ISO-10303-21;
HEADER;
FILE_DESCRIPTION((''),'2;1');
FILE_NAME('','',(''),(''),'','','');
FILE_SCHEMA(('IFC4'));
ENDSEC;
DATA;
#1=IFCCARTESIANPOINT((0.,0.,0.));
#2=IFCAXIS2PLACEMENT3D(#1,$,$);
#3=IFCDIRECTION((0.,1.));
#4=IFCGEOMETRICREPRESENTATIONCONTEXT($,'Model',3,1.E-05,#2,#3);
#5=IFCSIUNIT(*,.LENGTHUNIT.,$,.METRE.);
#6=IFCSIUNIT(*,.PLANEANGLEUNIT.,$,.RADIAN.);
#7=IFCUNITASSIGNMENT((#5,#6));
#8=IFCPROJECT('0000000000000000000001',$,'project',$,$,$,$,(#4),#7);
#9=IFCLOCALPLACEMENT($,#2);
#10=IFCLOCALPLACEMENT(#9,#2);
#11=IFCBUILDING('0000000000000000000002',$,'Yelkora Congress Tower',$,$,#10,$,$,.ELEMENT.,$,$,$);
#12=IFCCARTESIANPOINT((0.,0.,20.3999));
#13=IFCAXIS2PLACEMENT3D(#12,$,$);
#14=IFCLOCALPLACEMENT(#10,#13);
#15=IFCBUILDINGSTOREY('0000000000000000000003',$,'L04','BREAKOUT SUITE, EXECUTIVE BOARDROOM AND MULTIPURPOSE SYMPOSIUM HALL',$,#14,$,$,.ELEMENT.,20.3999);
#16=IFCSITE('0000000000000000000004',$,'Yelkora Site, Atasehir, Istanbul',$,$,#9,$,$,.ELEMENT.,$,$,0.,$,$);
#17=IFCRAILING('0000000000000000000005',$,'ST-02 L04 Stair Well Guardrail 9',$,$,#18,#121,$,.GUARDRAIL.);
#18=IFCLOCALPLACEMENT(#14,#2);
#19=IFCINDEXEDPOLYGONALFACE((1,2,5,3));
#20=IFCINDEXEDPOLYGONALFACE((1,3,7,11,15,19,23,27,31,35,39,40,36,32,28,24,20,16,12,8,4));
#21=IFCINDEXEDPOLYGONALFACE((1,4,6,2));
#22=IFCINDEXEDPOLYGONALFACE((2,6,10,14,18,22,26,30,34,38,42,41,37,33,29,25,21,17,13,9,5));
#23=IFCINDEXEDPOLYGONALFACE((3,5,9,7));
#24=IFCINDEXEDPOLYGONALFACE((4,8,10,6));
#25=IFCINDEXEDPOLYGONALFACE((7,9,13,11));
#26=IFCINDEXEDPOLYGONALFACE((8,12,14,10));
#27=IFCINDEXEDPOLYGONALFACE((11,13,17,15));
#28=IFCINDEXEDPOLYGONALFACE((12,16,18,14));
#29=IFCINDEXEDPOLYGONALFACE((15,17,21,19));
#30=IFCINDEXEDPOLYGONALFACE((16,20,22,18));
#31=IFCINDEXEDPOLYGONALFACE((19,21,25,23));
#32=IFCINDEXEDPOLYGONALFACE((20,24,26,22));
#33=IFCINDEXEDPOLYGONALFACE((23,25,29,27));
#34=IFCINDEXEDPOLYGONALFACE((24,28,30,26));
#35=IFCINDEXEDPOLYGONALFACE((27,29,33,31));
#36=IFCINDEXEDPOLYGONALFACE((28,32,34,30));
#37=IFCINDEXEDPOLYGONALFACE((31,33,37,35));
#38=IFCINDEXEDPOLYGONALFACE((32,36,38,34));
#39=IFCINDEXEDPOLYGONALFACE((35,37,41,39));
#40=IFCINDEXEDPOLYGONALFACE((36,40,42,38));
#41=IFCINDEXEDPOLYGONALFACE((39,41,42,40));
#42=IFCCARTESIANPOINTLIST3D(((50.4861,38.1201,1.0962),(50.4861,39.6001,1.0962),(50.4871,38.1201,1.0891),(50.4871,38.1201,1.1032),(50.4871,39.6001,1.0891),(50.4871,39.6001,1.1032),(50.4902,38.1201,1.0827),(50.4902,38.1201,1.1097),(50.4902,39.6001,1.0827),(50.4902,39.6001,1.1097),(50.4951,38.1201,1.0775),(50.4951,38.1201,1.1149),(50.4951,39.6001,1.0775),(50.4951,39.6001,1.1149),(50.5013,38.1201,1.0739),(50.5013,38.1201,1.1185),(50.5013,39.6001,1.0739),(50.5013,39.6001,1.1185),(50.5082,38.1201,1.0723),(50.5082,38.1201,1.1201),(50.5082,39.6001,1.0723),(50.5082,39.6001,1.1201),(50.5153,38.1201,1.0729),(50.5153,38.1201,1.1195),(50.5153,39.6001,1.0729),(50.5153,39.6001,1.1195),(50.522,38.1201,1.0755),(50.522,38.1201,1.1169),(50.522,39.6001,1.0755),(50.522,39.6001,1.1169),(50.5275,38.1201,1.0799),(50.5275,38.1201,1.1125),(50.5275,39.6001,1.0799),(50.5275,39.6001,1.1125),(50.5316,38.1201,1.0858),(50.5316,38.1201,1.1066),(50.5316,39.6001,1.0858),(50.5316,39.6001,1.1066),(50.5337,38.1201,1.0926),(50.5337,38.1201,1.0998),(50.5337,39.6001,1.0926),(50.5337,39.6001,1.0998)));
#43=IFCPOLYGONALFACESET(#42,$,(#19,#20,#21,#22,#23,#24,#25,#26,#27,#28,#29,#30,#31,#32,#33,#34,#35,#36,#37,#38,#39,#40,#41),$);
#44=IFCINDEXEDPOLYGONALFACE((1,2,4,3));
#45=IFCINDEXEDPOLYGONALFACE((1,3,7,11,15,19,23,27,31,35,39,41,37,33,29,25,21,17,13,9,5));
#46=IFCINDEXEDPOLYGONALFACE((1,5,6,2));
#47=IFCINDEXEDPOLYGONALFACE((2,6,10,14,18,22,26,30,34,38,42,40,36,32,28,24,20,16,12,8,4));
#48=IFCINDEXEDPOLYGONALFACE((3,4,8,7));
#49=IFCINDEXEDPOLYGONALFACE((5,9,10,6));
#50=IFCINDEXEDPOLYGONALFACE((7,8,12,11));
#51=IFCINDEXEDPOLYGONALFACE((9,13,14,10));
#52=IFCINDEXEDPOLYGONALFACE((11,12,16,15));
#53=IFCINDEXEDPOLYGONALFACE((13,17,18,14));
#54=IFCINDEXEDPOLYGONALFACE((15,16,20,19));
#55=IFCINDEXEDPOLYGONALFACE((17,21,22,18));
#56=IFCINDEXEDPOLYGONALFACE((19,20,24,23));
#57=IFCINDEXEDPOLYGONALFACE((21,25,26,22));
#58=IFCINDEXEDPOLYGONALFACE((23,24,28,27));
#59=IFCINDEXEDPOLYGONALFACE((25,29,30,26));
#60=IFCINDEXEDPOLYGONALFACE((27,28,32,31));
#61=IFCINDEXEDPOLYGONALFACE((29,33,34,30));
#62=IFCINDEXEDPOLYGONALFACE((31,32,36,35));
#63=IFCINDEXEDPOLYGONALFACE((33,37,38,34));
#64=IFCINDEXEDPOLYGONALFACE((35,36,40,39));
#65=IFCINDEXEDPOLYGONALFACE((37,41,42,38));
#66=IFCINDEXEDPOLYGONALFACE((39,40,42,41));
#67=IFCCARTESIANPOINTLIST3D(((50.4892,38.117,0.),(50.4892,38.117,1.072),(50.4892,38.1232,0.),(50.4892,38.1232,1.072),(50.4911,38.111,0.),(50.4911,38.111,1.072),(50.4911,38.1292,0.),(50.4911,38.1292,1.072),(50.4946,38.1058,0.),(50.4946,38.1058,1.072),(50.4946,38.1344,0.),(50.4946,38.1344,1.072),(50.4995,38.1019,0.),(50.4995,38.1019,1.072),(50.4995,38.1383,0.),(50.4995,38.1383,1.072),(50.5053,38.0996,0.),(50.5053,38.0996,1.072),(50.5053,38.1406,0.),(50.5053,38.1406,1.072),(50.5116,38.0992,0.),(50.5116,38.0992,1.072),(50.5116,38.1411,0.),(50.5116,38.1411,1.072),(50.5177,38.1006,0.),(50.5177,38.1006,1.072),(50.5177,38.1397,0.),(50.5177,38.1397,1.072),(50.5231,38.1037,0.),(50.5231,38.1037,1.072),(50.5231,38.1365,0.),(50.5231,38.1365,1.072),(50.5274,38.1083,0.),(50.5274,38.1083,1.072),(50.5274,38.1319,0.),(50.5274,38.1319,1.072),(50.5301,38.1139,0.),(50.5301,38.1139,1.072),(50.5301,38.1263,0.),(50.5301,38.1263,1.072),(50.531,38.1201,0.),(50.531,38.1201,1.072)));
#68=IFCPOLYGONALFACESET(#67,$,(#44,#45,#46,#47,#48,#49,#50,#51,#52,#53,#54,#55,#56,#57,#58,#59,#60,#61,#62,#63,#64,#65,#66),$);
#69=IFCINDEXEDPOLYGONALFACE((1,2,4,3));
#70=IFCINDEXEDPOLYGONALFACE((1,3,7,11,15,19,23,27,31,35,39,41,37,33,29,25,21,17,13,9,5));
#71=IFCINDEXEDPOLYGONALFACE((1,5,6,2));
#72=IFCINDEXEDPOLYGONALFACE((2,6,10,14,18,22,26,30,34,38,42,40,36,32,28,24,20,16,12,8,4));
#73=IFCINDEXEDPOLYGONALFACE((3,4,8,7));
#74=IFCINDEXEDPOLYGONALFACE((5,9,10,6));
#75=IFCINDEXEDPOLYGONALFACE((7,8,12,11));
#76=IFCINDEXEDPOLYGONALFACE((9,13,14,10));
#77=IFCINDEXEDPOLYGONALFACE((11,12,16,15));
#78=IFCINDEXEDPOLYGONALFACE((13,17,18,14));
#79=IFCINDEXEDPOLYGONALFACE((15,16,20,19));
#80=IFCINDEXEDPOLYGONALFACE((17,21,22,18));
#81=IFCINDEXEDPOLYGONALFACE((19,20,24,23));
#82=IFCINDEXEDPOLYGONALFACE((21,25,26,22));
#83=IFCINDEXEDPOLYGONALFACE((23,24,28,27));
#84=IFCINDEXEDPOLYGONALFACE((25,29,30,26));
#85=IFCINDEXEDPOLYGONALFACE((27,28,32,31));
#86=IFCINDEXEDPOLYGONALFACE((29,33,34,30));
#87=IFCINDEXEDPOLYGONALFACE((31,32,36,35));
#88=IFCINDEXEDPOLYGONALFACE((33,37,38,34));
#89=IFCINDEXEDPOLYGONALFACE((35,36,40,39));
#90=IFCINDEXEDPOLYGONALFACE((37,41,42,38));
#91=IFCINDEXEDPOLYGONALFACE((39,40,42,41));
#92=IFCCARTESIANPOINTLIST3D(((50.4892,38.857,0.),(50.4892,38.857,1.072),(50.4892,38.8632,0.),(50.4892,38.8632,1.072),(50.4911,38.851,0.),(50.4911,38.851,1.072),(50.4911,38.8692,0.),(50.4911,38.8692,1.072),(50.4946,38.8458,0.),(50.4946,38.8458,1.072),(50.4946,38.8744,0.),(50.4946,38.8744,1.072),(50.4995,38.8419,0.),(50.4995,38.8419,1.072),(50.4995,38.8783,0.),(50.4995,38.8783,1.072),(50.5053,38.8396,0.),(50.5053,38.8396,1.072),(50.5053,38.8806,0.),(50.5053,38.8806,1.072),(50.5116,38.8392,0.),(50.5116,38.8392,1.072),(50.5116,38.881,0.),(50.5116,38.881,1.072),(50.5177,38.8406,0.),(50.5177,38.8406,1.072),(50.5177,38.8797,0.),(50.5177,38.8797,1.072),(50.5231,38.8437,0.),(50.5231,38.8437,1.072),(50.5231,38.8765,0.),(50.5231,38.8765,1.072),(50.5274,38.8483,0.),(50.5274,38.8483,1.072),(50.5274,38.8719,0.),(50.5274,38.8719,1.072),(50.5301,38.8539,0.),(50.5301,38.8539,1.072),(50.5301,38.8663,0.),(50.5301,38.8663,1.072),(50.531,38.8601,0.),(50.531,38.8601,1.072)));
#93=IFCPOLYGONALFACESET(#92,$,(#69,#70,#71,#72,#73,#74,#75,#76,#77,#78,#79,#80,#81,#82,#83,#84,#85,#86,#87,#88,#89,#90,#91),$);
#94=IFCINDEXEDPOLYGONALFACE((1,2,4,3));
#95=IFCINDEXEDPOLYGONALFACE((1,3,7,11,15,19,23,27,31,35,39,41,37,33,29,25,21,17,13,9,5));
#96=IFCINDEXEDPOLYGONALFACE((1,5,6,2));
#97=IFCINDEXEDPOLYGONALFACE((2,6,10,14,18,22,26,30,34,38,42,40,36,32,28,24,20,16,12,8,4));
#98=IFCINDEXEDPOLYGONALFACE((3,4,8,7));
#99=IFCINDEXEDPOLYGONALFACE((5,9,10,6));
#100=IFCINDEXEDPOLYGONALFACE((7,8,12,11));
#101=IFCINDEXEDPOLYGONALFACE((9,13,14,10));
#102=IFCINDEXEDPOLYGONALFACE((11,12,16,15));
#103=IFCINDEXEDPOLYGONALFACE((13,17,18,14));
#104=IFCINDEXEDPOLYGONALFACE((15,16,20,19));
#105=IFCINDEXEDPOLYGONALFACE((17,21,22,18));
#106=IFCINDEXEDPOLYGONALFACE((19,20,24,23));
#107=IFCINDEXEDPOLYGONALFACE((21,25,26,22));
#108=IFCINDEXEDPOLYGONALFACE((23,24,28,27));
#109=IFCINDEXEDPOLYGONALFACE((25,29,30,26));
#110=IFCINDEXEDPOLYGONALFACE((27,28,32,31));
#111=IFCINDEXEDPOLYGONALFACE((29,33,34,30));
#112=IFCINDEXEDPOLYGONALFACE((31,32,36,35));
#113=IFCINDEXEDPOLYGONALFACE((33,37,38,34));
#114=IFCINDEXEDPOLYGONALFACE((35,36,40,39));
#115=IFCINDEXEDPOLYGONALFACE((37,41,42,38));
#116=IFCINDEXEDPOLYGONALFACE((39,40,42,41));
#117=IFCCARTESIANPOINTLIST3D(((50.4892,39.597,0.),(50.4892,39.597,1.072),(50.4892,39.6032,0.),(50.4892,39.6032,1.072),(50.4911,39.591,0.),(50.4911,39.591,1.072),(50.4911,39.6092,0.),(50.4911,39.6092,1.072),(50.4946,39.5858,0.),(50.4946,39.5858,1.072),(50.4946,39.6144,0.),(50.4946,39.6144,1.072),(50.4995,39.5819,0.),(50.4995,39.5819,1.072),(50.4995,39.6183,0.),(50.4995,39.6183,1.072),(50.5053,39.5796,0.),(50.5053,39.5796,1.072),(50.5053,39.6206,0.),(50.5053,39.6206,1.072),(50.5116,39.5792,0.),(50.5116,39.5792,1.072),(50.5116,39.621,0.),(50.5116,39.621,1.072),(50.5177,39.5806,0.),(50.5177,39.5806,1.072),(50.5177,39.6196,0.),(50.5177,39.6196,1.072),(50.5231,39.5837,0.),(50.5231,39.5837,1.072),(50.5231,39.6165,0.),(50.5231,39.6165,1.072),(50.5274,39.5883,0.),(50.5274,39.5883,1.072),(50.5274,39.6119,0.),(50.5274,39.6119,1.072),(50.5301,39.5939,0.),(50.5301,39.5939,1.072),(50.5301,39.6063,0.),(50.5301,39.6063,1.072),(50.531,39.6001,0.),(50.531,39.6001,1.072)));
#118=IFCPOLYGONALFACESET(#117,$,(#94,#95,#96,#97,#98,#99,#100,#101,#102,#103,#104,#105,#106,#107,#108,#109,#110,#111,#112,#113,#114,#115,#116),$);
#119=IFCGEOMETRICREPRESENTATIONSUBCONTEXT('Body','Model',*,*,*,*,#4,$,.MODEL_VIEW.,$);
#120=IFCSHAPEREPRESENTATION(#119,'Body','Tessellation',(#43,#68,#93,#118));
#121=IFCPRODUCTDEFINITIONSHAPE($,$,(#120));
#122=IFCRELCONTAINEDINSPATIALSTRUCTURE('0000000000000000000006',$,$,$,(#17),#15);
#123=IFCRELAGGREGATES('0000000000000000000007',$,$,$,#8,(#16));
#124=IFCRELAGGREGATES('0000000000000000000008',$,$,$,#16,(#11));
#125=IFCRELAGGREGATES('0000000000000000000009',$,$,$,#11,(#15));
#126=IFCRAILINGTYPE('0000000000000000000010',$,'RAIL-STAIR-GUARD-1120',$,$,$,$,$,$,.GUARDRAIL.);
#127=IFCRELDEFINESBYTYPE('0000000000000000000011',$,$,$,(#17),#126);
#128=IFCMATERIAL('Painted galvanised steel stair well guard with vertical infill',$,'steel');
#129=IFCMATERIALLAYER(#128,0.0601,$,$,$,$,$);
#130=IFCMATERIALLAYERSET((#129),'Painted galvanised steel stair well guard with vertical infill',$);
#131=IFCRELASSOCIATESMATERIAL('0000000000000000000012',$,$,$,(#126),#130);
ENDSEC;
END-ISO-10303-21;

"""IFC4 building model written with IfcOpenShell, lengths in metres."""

from ifc_helpers import new_model, si_unit, direction, frame, origin, origin_2d, place, context, subcontext, project, spatial, circle, extrude, material, layer, layer_set, type_object, element, save


model = new_model("IFC4")

# Units and contexts
model_context = context("Model", 3, precision=1e-05, world=origin(), true_north=direction((0.0, 1.0)))
body_context = subcontext(model_context, "Body", "Model", "MODEL_VIEW")
ifc_project = project(units=[si_unit("LENGTHUNIT", "METRE"), si_unit("PLANEANGLEUNIT", "RADIAN")], contexts=[model_context])

# Site, building, storey
site_placement = place(None, origin())
site = spatial("IfcSite", under=ifc_project, at=site_placement, Name="Yelkora Site, Atasehir, Istanbul", CompositionType="ELEMENT", RefElevation=0.0)
building_placement = place(site_placement, origin())
building = spatial("IfcBuilding", under=site, at=building_placement, Name="Yelkora Congress Tower", CompositionType="ELEMENT")
storey_placement = place(building_placement, frame((0.0, 0.0, 20.3999)))
storey = spatial("IfcBuildingStorey", under=building, at=storey_placement, Name="L04", Description="BREAKOUT SUITE, EXECUTIVE BOARDROOM AND MULTIPURPOSE SYMPOSIUM HALL", CompositionType="ELEMENT", Elevation=20.3999)

# Railing
ifc_material_1 = material(Name="Painted galvanised steel stair well guard with vertical infill", Category="steel")
ifc_layer_1 = layer(ifc_material_1, 0.0601)
ifc_layer_set_1 = layer_set([ifc_layer_1], Name="Painted galvanised steel stair well guard with vertical infill")
railing_type_1 = type_object("IfcRailingType", Name="RAIL-STAIR-GUARD-1120", PredefinedType="GUARDRAIL", material=ifc_layer_set_1)
for number, where, name in (
    (1, (50.51, 38.1201, 0.0), "ST-02 L04 Stair Well Guardrail 9"),
):
    element("IfcRailing", number, at=place(storey_placement, frame(where)), inside=storey, type_object=railing_type_1, Name=name, PredefinedType="GUARDRAIL", context=body_context, shape_type="SweptSolid", body=[
        extrude(circle(Radius=0.0239, at=origin_2d()), frame((0.0, 0.0, 1.0962), z_axis=(0.0, 1.0, 0.0), x_axis=(-1.0, 0.0, 0.0)), (0.0, 0.0, 1.0), 1.48),
        extrude(circle(Radius=0.021, at=origin_2d()), origin(), (0.0, 0.0, 1.0), 1.072),
        extrude(circle(Radius=0.021, at=origin_2d()), frame((0.0, 0.74, 0.0)), (0.0, 0.0, 1.0), 1.072),
        extrude(circle(Radius=0.021, at=origin_2d()), frame((0.0, 1.48, 0.0)), (0.0, 0.0, 1.0), 1.072),
    ])

save(model, "model.ifc")
